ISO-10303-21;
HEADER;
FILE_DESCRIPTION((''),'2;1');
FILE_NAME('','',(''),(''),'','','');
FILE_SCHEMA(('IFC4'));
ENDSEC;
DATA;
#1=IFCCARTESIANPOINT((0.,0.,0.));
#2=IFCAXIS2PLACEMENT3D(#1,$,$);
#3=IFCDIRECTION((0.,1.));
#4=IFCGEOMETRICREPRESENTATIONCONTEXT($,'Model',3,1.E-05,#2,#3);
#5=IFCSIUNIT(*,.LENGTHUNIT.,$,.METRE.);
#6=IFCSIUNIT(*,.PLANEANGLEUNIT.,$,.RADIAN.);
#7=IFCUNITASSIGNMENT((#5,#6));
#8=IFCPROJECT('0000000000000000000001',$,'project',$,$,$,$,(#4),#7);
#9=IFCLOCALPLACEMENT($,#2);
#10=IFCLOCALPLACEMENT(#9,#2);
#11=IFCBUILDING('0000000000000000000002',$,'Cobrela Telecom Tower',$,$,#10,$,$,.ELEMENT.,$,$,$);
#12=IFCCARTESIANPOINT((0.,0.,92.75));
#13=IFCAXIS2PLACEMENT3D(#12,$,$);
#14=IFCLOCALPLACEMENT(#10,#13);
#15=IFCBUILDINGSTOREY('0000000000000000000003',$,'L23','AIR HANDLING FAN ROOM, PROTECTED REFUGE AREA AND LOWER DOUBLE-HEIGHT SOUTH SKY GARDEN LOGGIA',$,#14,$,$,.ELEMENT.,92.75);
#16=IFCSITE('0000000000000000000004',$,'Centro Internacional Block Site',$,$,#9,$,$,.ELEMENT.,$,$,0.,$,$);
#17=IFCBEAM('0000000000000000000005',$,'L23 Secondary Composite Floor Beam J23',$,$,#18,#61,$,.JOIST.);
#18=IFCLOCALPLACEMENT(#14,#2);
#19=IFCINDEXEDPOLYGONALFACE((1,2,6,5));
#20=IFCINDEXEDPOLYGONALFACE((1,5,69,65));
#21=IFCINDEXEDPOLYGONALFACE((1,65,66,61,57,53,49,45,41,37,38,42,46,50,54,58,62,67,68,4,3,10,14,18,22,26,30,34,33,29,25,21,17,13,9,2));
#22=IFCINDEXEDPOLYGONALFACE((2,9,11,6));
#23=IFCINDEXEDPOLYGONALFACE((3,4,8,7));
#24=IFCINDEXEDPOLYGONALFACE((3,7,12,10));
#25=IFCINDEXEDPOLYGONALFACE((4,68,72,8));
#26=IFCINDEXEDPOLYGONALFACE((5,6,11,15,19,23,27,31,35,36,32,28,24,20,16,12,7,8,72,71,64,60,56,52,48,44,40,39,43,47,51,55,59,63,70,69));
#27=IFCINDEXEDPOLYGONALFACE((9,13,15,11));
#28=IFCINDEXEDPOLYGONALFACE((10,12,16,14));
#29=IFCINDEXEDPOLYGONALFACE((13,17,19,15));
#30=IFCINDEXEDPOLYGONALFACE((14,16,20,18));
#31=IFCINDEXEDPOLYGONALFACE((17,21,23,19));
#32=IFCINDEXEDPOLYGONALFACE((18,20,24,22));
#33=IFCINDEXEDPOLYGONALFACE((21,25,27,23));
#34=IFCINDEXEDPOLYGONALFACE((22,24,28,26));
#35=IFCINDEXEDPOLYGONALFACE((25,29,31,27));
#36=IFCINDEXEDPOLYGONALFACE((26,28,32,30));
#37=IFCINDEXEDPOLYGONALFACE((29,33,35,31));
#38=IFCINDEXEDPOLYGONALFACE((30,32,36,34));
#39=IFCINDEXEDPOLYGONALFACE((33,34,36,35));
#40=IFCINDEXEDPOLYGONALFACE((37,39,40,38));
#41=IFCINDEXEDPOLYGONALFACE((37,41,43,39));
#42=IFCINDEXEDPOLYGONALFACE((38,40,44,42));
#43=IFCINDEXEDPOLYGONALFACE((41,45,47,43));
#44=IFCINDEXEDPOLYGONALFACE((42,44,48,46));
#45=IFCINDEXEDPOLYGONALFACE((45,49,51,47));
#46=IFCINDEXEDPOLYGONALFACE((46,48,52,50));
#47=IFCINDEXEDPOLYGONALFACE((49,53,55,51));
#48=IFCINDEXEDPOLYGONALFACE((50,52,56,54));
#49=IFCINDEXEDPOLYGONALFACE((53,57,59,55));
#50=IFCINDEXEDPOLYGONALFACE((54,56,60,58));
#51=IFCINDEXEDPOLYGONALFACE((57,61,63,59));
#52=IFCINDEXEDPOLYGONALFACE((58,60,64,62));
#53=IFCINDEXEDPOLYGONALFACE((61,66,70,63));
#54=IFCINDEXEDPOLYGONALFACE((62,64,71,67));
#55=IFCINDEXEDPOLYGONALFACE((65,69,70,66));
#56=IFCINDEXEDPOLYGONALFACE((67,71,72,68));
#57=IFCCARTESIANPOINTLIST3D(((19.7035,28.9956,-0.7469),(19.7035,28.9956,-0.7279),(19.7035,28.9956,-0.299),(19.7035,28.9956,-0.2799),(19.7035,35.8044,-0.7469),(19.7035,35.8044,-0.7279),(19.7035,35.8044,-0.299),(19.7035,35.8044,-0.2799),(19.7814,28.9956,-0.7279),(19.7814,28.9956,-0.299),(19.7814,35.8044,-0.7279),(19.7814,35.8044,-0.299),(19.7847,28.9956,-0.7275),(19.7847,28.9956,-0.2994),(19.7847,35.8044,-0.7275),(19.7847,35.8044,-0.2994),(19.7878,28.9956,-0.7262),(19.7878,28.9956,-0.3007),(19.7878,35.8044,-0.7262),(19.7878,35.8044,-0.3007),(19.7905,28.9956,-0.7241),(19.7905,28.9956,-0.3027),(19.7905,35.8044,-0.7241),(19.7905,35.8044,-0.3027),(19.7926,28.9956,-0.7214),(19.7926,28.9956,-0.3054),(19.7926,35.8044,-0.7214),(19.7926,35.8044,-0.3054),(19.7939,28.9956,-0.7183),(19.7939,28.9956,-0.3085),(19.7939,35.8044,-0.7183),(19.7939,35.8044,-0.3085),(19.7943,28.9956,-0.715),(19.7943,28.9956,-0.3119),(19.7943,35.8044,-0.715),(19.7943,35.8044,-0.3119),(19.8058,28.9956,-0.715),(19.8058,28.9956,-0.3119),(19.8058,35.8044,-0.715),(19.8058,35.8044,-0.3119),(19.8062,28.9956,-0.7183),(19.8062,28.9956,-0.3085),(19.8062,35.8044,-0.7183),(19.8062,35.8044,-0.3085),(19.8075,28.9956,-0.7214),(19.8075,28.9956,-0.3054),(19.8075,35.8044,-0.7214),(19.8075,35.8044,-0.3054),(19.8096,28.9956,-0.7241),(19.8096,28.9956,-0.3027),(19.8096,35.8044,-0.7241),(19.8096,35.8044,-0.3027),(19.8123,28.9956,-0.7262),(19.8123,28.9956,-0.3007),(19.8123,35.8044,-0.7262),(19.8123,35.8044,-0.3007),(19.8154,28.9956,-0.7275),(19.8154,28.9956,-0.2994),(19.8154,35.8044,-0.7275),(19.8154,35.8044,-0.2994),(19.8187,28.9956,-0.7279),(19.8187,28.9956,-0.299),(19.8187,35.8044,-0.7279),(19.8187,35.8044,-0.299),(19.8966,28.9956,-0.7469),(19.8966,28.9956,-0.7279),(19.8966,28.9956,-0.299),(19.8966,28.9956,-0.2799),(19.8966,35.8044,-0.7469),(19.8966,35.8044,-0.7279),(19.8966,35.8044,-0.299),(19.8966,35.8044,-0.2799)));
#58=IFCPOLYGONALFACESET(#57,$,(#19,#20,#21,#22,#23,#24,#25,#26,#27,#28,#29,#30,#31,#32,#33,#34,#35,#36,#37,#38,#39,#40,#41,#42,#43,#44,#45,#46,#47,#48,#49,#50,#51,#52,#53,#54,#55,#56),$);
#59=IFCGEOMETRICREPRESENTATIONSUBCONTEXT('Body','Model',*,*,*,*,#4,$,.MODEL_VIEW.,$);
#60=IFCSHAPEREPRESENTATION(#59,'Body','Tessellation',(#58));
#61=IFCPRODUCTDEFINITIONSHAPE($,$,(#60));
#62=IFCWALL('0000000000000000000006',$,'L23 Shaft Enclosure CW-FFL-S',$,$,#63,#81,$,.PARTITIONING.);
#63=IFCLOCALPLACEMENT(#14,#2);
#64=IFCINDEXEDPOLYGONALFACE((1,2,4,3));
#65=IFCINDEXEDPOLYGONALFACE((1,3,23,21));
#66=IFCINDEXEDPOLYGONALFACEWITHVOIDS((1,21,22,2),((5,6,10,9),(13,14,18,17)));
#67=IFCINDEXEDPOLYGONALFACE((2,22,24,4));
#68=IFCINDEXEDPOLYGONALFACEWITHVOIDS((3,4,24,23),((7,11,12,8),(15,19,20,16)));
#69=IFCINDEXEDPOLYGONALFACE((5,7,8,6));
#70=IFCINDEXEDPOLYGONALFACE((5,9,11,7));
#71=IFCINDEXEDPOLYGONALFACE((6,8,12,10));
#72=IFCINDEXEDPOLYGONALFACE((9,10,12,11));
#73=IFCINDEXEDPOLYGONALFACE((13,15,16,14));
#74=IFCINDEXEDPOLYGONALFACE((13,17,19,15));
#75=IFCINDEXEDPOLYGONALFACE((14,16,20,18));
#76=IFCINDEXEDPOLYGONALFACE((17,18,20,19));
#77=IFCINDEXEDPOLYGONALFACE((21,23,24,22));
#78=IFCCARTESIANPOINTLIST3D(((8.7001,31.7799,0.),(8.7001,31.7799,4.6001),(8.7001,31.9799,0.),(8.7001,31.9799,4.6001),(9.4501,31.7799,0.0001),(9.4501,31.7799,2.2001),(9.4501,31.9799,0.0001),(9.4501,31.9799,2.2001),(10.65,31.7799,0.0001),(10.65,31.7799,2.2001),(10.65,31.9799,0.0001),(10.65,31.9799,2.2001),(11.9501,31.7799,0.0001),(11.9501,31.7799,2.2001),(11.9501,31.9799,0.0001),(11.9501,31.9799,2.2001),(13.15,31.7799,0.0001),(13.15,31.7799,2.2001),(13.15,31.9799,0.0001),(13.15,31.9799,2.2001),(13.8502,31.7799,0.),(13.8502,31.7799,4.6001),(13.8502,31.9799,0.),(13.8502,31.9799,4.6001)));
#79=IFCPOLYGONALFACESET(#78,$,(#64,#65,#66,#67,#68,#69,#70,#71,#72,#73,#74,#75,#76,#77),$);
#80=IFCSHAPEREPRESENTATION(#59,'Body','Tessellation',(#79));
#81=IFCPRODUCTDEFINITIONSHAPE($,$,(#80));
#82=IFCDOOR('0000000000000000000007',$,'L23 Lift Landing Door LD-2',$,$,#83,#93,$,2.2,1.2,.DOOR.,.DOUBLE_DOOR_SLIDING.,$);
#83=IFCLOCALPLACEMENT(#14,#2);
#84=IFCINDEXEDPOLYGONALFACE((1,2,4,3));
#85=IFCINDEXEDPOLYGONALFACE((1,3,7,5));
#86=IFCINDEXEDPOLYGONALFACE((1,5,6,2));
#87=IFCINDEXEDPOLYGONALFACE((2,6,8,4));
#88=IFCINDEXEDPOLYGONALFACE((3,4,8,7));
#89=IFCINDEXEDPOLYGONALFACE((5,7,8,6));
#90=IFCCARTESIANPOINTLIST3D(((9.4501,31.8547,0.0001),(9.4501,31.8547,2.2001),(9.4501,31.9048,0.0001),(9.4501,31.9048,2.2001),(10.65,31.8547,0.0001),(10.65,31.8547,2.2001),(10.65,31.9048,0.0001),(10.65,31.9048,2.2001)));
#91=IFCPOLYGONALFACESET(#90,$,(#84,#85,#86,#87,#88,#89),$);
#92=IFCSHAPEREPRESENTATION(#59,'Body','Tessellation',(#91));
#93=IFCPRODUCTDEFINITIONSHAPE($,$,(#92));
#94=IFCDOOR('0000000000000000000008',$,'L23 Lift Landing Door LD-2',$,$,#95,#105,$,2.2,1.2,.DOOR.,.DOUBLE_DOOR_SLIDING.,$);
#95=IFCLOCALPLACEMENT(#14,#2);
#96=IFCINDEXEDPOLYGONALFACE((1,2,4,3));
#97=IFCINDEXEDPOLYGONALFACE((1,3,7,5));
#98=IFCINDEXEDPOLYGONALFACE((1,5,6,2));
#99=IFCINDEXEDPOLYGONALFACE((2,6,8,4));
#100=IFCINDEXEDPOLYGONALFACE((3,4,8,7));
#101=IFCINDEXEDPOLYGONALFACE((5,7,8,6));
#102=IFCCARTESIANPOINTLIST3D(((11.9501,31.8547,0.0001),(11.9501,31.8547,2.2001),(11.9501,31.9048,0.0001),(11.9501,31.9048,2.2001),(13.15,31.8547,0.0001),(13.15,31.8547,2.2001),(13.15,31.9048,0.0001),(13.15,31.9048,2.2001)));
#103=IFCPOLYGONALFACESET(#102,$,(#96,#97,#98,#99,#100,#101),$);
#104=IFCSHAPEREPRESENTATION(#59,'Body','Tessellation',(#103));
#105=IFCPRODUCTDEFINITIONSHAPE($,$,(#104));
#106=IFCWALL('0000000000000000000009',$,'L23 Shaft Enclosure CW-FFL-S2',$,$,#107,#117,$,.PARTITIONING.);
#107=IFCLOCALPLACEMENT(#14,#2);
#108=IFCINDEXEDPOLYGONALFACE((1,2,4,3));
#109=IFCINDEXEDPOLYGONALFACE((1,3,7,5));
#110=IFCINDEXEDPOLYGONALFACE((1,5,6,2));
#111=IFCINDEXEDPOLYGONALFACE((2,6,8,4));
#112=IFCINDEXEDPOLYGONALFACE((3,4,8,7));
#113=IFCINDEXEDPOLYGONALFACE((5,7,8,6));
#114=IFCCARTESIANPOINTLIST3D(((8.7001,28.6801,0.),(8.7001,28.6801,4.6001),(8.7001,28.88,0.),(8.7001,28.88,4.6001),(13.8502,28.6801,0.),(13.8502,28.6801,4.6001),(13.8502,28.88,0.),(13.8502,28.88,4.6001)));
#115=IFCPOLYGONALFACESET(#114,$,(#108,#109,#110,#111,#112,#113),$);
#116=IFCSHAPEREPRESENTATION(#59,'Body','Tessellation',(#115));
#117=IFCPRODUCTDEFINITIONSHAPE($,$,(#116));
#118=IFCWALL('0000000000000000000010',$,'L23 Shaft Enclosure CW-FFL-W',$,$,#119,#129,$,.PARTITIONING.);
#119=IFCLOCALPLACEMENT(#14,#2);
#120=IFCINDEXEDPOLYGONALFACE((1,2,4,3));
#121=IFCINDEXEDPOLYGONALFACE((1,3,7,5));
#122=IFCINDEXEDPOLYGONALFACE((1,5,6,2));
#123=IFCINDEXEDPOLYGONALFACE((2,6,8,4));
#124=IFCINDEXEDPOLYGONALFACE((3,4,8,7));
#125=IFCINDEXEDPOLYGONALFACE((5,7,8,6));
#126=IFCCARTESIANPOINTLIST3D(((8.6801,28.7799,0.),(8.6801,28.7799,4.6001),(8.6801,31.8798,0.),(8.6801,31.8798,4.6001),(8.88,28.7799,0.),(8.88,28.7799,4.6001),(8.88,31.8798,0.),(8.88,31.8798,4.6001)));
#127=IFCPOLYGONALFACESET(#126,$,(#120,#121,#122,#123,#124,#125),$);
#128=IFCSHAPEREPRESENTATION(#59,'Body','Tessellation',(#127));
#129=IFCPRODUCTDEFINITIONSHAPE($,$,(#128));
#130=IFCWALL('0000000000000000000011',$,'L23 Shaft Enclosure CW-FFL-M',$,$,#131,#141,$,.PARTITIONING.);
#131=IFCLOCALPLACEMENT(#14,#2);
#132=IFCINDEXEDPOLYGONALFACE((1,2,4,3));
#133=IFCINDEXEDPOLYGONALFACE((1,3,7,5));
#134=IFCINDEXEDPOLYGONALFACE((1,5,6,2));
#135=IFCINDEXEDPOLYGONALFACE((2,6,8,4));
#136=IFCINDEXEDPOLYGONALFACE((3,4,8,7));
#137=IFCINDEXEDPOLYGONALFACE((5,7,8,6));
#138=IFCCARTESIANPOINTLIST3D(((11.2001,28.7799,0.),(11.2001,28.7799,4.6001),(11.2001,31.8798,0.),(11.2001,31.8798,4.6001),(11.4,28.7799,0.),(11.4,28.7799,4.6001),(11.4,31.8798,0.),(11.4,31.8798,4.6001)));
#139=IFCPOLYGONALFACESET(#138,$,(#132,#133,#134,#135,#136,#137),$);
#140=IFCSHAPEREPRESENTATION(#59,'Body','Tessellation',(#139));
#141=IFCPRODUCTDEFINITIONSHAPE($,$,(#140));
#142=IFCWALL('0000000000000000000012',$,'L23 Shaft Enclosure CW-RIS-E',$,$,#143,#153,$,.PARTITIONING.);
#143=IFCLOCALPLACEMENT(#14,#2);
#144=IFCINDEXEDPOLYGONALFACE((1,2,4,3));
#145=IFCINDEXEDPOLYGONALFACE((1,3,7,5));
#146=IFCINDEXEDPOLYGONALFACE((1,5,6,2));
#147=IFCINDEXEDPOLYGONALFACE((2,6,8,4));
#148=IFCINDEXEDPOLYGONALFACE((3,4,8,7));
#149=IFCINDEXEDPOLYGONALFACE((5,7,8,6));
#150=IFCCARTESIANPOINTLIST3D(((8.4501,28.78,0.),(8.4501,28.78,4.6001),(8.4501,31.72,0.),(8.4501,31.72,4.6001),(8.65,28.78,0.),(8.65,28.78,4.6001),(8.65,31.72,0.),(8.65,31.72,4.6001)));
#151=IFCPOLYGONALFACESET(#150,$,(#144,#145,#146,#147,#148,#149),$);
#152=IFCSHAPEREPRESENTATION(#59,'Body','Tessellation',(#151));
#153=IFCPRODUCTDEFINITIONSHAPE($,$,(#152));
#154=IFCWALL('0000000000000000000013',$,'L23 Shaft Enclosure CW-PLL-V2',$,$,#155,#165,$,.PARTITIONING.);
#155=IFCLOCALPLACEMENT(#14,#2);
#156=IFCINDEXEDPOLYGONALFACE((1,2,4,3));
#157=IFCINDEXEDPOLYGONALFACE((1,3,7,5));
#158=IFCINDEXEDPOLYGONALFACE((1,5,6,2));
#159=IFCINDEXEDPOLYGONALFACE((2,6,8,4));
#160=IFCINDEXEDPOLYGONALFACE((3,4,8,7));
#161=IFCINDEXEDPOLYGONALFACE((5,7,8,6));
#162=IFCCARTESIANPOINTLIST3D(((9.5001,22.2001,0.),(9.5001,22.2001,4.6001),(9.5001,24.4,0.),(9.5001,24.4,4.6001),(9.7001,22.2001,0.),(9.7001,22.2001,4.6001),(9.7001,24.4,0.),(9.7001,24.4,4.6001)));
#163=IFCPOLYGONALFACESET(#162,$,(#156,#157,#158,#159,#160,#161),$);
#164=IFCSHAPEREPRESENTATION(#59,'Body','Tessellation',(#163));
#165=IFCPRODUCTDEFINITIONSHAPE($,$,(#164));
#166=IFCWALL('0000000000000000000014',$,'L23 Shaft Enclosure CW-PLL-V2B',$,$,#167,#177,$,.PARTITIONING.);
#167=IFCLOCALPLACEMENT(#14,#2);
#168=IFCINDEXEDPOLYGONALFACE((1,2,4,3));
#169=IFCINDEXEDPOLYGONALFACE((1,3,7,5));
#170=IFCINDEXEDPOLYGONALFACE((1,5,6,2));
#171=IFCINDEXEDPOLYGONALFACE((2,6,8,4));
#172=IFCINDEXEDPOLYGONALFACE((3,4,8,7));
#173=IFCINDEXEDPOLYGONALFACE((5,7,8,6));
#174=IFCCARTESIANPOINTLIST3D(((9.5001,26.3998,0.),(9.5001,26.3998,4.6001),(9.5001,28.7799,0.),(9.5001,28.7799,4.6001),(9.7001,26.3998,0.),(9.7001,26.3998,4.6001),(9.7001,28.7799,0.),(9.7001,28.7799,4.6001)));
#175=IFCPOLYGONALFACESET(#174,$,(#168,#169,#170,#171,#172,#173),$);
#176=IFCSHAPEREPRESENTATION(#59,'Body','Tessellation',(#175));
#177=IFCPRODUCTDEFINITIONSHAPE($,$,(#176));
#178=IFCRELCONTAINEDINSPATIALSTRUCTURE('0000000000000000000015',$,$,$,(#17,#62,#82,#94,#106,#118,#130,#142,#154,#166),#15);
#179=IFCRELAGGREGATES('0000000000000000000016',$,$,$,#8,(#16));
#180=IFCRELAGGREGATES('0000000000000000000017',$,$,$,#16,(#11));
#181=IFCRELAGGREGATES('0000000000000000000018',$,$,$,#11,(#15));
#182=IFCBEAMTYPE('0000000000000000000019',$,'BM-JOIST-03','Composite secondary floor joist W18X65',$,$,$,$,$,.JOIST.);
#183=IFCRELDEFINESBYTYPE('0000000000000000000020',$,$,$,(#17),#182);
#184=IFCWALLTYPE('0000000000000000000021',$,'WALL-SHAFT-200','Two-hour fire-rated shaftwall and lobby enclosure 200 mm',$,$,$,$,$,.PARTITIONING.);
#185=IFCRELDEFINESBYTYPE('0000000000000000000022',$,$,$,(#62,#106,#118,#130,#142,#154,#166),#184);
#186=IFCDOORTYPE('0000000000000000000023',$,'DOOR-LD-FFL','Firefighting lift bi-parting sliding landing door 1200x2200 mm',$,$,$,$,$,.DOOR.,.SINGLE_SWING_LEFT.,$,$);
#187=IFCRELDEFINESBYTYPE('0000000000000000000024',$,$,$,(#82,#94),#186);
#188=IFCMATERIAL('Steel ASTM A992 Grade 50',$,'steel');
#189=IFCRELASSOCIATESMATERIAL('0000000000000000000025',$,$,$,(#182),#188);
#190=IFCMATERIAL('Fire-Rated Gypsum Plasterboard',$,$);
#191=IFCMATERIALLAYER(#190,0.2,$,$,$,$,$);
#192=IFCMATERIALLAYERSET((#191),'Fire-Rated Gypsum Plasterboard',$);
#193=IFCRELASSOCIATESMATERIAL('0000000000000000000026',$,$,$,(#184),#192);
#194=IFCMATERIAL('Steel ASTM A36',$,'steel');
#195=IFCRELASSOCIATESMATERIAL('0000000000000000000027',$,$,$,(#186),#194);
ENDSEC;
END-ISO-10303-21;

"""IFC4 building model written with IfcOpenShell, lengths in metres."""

from ifc_helpers import new_model, si_unit, direction, frame, frame_2d, origin, origin_2d, place, context, subcontext, project, spatial, rectangle, i_section, extrude, material, layer, layer_set, material_profile, profile_set, type_object, element, fill, save


model = new_model("IFC4")

# Units and contexts
model_context = context("Model", 3, precision=1e-05, world=origin(), true_north=direction((0.0, 1.0)))
body_context = subcontext(model_context, "Body", "Model", "MODEL_VIEW")
ifc_project = project(units=[si_unit("LENGTHUNIT", "METRE"), si_unit("PLANEANGLEUNIT", "RADIAN")], contexts=[model_context])

# Site, building, storey
site_placement = place(None, origin())
site = spatial("IfcSite", under=ifc_project, at=site_placement, Name="Centro Internacional Block Site", CompositionType="ELEMENT", RefElevation=0.0)
building_placement = place(site_placement, origin())
building = spatial("IfcBuilding", under=site, at=building_placement, Name="Cobrela Telecom Tower", CompositionType="ELEMENT")
storey_placement = place(building_placement, frame((0.0, 0.0, 92.75)))
storey = spatial("IfcBuildingStorey", under=building, at=storey_placement, Name="L23", Description="AIR HANDLING FAN ROOM, PROTECTED REFUGE AREA AND LOWER DOUBLE-HEIGHT SOUTH SKY GARDEN LOGGIA", CompositionType="ELEMENT", Elevation=92.75)

# Shared definitions
ifc_material_1 = material(Name="Steel ASTM A992 Grade 50", Category="steel")

# Beam
ifc_material_profile_1 = material_profile(ifc_material_1, i_section(OverallWidth=0.1931, OverallDepth=0.467, WebThickness=0.0115, FlangeThickness=0.019, FilletRadius=0.0129, at=origin_2d()), Name="W18X65")
ifc_profile_set_1 = profile_set([ifc_material_profile_1], Name="Steel ASTM A992 Grade 50")
beam_type_1 = type_object("IfcBeamType", Name="BM-JOIST-03", Description="Composite secondary floor joist W18X65", PredefinedType="JOIST", material=ifc_profile_set_1)
beam_1_placement = place(storey_placement, frame((19.8, 28.9956, -0.5134), z_axis=(0.0, 1.0, 0.0), x_axis=(-1.0, 0.0, 0.0)))
element("IfcBeam", 1, at=beam_1_placement, inside=storey, type_object=beam_type_1, Name="L23 Secondary Composite Floor Beam J23", PredefinedType="JOIST", context=body_context, shape_type="SweptSolid", body=[
    extrude(i_section(OverallWidth=0.1931, OverallDepth=0.467, WebThickness=0.0115, FlangeThickness=0.019, FilletRadius=0.0129, at=origin_2d()), origin(), (0.0, 0.0, 1.0), 6.8088),
])

# Wall, openings, doors
ifc_material_2 = material(Name="Fire-Rated Gypsum Plasterboard")
ifc_layer = layer(ifc_material_2, 0.2)
ifc_layer_set = layer_set([ifc_layer], Name="Fire-Rated Gypsum Plasterboard")
wall_type = type_object("IfcWallType", Name="WALL-SHAFT-200", Description="Two-hour fire-rated shaftwall and lobby enclosure 200 mm", PredefinedType="PARTITIONING", material=ifc_layer_set)
wall_1_placement = place(storey_placement, frame((8.7, 31.8799, 0.0), z_axis=(0.0, 0.0, 1.0), x_axis=(1.0, 0.0, 0.0)))
wall_1 = element("IfcWall", 2, at=wall_1_placement, inside=storey, type_object=wall_type, Name="L23 Shaft Enclosure CW-FFL-S", PredefinedType="PARTITIONING", context=body_context, shape_type="SweptSolid", body=[
    extrude(rectangle(XDim=5.1501, YDim=0.2, at=frame_2d((2.5752, 0.0))), origin(), (0.0, 0.0, 1.0), 4.6001),
])
opening_1_placement = place(wall_1_placement, frame((0.75, 0.0, 0.0)))
opening_1 = element("IfcOpeningElement", 3, at=opening_1_placement, cuts=wall_1, PredefinedType="OPENING", context=body_context, shape_type="SweptSolid", body=[
    extrude(rectangle(XDim=1.2, YDim=2.2, at=frame_2d((0.6001, 1.1001))), frame((0.0, 0.1118, 0.0), z_axis=(0.0, -1.0, 0.0), x_axis=(1.0, 0.0, 0.0)), (0.0, 0.0, 1.0), 0.2239),
])
opening_2_placement = place(wall_1_placement, frame((3.25, 0.0, 0.0)))
opening_2 = element("IfcOpeningElement", 4, at=opening_2_placement, cuts=wall_1, PredefinedType="OPENING", context=body_context, shape_type="SweptSolid", body=[
    extrude(rectangle(XDim=1.2, YDim=2.2, at=frame_2d((0.6001, 1.1001))), frame((0.0, 0.1118, 0.0), z_axis=(0.0, -1.0, 0.0), x_axis=(1.0, 0.0, 0.0)), (0.0, 0.0, 1.0), 0.2239),
])
ifc_material_3 = material(Name="Steel ASTM A36", Category="steel")
door_type_1 = type_object("IfcDoorType", Name="DOOR-LD-FFL", Description="Firefighting lift bi-parting sliding landing door 1200x2200 mm", OperationType="SINGLE_SWING_LEFT", PredefinedType="DOOR", material=ifc_material_3)
door_1_placement = place(opening_1_placement, origin())
door_1 = element("IfcDoor", 5, at=door_1_placement, inside=storey, type_object=door_type_1, Name="L23 Lift Landing Door LD-2", OperationType="DOUBLE_DOOR_SLIDING", OverallHeight=2.2, OverallWidth=1.2, PredefinedType="DOOR", context=body_context, shape_type="SweptSolid", body=[
    extrude(rectangle(XDim=1.2, YDim=2.2, at=frame_2d((0.6001, 1.1001))), frame((0.0, 0.0249, 0.0), z_axis=(0.0, -1.0, 0.0), x_axis=(1.0, 0.0, 0.0)), (0.0, 0.0, 1.0), 0.05),
])
fill(opening_1, door_1)
door_2_placement = place(opening_2_placement, origin())
door_2 = element("IfcDoor", 6, at=door_2_placement, inside=storey, type_object=door_type_1, Name="L23 Lift Landing Door LD-2", OperationType="DOUBLE_DOOR_SLIDING", OverallHeight=2.2, OverallWidth=1.2, PredefinedType="DOOR", context=body_context, shape_type="SweptSolid", body=[
    extrude(rectangle(XDim=1.2, YDim=2.2, at=frame_2d((0.6001, 1.1001))), frame((0.0, 0.0249, 0.0), z_axis=(0.0, -1.0, 0.0), x_axis=(1.0, 0.0, 0.0)), (0.0, 0.0, 1.0), 0.05),
])
fill(opening_2, door_2)

# Walls
wall_2_placement = place(storey_placement, frame((8.7, 28.78, 0.0), z_axis=(0.0, 0.0, 1.0), x_axis=(1.0, 0.0, 0.0)))
element("IfcWall", 7, at=wall_2_placement, inside=storey, type_object=wall_type, Name="L23 Shaft Enclosure CW-FFL-S2", PredefinedType="PARTITIONING", context=body_context, shape_type="SweptSolid", body=[
    extrude(rectangle(XDim=5.1501, YDim=0.2, at=frame_2d((2.5752, 0.0))), origin(), (0.0, 0.0, 1.0), 4.6001),
])
for number, where, z_axis, x_axis, name in (
    (8, (8.78, 28.78, 0.0), (0.0, 0.0, 1.0), (0.0, 1.0, 0.0), "L23 Shaft Enclosure CW-FFL-W"),
    (9, (11.3, 28.78, 0.0), (0.0, 0.0, 1.0), (0.0, 1.0, 0.0), "L23 Shaft Enclosure CW-FFL-M"),
):
    element("IfcWall", number, at=place(storey_placement, frame(where, z_axis=z_axis, x_axis=x_axis)), inside=storey, type_object=wall_type, Name=name, PredefinedType="PARTITIONING", context=body_context, shape_type="SweptSolid", body=[
        extrude(rectangle(XDim=3.0999, YDim=0.2, at=frame_2d((1.5498, 0.0))), origin(), (0.0, 0.0, 1.0), 4.6001),
    ])
wall_3_placement = place(storey_placement, frame((8.55, 28.78, 0.0), z_axis=(0.0, 0.0, 1.0), x_axis=(0.0, 1.0, 0.0)))
element("IfcWall", 10, at=wall_3_placement, inside=storey, type_object=wall_type, Name="L23 Shaft Enclosure CW-RIS-E", PredefinedType="PARTITIONING", context=body_context, shape_type="SweptSolid", body=[
    extrude(rectangle(XDim=2.9399, YDim=0.2, at=frame_2d((1.47, 0.0))), origin(), (0.0, 0.0, 1.0), 4.6001),
])
wall_4_placement = place(storey_placement, frame((9.6001, 22.2, 0.0), z_axis=(0.0, 0.0, 1.0), x_axis=(0.0, 1.0, 0.0)))
element("IfcWall", 11, at=wall_4_placement, inside=storey, type_object=wall_type, Name="L23 Shaft Enclosure CW-PLL-V2", PredefinedType="PARTITIONING", context=body_context, shape_type="SweptSolid", body=[
    extrude(rectangle(XDim=2.2, YDim=0.2, at=frame_2d((1.1001, 0.0))), origin(), (0.0, 0.0, 1.0), 4.6001),
])
wall_5_placement = place(storey_placement, frame((9.6001, 26.3999, 0.0), z_axis=(0.0, 0.0, 1.0), x_axis=(0.0, 1.0, 0.0)))
element("IfcWall", 12, at=wall_5_placement, inside=storey, type_object=wall_type, Name="L23 Shaft Enclosure CW-PLL-V2B", PredefinedType="PARTITIONING", context=body_context, shape_type="SweptSolid", body=[
    extrude(rectangle(XDim=2.3801, YDim=0.2, at=frame_2d((1.1899, 0.0))), origin(), (0.0, 0.0, 1.0), 4.6001),
])

save(model, "model.ifc")
